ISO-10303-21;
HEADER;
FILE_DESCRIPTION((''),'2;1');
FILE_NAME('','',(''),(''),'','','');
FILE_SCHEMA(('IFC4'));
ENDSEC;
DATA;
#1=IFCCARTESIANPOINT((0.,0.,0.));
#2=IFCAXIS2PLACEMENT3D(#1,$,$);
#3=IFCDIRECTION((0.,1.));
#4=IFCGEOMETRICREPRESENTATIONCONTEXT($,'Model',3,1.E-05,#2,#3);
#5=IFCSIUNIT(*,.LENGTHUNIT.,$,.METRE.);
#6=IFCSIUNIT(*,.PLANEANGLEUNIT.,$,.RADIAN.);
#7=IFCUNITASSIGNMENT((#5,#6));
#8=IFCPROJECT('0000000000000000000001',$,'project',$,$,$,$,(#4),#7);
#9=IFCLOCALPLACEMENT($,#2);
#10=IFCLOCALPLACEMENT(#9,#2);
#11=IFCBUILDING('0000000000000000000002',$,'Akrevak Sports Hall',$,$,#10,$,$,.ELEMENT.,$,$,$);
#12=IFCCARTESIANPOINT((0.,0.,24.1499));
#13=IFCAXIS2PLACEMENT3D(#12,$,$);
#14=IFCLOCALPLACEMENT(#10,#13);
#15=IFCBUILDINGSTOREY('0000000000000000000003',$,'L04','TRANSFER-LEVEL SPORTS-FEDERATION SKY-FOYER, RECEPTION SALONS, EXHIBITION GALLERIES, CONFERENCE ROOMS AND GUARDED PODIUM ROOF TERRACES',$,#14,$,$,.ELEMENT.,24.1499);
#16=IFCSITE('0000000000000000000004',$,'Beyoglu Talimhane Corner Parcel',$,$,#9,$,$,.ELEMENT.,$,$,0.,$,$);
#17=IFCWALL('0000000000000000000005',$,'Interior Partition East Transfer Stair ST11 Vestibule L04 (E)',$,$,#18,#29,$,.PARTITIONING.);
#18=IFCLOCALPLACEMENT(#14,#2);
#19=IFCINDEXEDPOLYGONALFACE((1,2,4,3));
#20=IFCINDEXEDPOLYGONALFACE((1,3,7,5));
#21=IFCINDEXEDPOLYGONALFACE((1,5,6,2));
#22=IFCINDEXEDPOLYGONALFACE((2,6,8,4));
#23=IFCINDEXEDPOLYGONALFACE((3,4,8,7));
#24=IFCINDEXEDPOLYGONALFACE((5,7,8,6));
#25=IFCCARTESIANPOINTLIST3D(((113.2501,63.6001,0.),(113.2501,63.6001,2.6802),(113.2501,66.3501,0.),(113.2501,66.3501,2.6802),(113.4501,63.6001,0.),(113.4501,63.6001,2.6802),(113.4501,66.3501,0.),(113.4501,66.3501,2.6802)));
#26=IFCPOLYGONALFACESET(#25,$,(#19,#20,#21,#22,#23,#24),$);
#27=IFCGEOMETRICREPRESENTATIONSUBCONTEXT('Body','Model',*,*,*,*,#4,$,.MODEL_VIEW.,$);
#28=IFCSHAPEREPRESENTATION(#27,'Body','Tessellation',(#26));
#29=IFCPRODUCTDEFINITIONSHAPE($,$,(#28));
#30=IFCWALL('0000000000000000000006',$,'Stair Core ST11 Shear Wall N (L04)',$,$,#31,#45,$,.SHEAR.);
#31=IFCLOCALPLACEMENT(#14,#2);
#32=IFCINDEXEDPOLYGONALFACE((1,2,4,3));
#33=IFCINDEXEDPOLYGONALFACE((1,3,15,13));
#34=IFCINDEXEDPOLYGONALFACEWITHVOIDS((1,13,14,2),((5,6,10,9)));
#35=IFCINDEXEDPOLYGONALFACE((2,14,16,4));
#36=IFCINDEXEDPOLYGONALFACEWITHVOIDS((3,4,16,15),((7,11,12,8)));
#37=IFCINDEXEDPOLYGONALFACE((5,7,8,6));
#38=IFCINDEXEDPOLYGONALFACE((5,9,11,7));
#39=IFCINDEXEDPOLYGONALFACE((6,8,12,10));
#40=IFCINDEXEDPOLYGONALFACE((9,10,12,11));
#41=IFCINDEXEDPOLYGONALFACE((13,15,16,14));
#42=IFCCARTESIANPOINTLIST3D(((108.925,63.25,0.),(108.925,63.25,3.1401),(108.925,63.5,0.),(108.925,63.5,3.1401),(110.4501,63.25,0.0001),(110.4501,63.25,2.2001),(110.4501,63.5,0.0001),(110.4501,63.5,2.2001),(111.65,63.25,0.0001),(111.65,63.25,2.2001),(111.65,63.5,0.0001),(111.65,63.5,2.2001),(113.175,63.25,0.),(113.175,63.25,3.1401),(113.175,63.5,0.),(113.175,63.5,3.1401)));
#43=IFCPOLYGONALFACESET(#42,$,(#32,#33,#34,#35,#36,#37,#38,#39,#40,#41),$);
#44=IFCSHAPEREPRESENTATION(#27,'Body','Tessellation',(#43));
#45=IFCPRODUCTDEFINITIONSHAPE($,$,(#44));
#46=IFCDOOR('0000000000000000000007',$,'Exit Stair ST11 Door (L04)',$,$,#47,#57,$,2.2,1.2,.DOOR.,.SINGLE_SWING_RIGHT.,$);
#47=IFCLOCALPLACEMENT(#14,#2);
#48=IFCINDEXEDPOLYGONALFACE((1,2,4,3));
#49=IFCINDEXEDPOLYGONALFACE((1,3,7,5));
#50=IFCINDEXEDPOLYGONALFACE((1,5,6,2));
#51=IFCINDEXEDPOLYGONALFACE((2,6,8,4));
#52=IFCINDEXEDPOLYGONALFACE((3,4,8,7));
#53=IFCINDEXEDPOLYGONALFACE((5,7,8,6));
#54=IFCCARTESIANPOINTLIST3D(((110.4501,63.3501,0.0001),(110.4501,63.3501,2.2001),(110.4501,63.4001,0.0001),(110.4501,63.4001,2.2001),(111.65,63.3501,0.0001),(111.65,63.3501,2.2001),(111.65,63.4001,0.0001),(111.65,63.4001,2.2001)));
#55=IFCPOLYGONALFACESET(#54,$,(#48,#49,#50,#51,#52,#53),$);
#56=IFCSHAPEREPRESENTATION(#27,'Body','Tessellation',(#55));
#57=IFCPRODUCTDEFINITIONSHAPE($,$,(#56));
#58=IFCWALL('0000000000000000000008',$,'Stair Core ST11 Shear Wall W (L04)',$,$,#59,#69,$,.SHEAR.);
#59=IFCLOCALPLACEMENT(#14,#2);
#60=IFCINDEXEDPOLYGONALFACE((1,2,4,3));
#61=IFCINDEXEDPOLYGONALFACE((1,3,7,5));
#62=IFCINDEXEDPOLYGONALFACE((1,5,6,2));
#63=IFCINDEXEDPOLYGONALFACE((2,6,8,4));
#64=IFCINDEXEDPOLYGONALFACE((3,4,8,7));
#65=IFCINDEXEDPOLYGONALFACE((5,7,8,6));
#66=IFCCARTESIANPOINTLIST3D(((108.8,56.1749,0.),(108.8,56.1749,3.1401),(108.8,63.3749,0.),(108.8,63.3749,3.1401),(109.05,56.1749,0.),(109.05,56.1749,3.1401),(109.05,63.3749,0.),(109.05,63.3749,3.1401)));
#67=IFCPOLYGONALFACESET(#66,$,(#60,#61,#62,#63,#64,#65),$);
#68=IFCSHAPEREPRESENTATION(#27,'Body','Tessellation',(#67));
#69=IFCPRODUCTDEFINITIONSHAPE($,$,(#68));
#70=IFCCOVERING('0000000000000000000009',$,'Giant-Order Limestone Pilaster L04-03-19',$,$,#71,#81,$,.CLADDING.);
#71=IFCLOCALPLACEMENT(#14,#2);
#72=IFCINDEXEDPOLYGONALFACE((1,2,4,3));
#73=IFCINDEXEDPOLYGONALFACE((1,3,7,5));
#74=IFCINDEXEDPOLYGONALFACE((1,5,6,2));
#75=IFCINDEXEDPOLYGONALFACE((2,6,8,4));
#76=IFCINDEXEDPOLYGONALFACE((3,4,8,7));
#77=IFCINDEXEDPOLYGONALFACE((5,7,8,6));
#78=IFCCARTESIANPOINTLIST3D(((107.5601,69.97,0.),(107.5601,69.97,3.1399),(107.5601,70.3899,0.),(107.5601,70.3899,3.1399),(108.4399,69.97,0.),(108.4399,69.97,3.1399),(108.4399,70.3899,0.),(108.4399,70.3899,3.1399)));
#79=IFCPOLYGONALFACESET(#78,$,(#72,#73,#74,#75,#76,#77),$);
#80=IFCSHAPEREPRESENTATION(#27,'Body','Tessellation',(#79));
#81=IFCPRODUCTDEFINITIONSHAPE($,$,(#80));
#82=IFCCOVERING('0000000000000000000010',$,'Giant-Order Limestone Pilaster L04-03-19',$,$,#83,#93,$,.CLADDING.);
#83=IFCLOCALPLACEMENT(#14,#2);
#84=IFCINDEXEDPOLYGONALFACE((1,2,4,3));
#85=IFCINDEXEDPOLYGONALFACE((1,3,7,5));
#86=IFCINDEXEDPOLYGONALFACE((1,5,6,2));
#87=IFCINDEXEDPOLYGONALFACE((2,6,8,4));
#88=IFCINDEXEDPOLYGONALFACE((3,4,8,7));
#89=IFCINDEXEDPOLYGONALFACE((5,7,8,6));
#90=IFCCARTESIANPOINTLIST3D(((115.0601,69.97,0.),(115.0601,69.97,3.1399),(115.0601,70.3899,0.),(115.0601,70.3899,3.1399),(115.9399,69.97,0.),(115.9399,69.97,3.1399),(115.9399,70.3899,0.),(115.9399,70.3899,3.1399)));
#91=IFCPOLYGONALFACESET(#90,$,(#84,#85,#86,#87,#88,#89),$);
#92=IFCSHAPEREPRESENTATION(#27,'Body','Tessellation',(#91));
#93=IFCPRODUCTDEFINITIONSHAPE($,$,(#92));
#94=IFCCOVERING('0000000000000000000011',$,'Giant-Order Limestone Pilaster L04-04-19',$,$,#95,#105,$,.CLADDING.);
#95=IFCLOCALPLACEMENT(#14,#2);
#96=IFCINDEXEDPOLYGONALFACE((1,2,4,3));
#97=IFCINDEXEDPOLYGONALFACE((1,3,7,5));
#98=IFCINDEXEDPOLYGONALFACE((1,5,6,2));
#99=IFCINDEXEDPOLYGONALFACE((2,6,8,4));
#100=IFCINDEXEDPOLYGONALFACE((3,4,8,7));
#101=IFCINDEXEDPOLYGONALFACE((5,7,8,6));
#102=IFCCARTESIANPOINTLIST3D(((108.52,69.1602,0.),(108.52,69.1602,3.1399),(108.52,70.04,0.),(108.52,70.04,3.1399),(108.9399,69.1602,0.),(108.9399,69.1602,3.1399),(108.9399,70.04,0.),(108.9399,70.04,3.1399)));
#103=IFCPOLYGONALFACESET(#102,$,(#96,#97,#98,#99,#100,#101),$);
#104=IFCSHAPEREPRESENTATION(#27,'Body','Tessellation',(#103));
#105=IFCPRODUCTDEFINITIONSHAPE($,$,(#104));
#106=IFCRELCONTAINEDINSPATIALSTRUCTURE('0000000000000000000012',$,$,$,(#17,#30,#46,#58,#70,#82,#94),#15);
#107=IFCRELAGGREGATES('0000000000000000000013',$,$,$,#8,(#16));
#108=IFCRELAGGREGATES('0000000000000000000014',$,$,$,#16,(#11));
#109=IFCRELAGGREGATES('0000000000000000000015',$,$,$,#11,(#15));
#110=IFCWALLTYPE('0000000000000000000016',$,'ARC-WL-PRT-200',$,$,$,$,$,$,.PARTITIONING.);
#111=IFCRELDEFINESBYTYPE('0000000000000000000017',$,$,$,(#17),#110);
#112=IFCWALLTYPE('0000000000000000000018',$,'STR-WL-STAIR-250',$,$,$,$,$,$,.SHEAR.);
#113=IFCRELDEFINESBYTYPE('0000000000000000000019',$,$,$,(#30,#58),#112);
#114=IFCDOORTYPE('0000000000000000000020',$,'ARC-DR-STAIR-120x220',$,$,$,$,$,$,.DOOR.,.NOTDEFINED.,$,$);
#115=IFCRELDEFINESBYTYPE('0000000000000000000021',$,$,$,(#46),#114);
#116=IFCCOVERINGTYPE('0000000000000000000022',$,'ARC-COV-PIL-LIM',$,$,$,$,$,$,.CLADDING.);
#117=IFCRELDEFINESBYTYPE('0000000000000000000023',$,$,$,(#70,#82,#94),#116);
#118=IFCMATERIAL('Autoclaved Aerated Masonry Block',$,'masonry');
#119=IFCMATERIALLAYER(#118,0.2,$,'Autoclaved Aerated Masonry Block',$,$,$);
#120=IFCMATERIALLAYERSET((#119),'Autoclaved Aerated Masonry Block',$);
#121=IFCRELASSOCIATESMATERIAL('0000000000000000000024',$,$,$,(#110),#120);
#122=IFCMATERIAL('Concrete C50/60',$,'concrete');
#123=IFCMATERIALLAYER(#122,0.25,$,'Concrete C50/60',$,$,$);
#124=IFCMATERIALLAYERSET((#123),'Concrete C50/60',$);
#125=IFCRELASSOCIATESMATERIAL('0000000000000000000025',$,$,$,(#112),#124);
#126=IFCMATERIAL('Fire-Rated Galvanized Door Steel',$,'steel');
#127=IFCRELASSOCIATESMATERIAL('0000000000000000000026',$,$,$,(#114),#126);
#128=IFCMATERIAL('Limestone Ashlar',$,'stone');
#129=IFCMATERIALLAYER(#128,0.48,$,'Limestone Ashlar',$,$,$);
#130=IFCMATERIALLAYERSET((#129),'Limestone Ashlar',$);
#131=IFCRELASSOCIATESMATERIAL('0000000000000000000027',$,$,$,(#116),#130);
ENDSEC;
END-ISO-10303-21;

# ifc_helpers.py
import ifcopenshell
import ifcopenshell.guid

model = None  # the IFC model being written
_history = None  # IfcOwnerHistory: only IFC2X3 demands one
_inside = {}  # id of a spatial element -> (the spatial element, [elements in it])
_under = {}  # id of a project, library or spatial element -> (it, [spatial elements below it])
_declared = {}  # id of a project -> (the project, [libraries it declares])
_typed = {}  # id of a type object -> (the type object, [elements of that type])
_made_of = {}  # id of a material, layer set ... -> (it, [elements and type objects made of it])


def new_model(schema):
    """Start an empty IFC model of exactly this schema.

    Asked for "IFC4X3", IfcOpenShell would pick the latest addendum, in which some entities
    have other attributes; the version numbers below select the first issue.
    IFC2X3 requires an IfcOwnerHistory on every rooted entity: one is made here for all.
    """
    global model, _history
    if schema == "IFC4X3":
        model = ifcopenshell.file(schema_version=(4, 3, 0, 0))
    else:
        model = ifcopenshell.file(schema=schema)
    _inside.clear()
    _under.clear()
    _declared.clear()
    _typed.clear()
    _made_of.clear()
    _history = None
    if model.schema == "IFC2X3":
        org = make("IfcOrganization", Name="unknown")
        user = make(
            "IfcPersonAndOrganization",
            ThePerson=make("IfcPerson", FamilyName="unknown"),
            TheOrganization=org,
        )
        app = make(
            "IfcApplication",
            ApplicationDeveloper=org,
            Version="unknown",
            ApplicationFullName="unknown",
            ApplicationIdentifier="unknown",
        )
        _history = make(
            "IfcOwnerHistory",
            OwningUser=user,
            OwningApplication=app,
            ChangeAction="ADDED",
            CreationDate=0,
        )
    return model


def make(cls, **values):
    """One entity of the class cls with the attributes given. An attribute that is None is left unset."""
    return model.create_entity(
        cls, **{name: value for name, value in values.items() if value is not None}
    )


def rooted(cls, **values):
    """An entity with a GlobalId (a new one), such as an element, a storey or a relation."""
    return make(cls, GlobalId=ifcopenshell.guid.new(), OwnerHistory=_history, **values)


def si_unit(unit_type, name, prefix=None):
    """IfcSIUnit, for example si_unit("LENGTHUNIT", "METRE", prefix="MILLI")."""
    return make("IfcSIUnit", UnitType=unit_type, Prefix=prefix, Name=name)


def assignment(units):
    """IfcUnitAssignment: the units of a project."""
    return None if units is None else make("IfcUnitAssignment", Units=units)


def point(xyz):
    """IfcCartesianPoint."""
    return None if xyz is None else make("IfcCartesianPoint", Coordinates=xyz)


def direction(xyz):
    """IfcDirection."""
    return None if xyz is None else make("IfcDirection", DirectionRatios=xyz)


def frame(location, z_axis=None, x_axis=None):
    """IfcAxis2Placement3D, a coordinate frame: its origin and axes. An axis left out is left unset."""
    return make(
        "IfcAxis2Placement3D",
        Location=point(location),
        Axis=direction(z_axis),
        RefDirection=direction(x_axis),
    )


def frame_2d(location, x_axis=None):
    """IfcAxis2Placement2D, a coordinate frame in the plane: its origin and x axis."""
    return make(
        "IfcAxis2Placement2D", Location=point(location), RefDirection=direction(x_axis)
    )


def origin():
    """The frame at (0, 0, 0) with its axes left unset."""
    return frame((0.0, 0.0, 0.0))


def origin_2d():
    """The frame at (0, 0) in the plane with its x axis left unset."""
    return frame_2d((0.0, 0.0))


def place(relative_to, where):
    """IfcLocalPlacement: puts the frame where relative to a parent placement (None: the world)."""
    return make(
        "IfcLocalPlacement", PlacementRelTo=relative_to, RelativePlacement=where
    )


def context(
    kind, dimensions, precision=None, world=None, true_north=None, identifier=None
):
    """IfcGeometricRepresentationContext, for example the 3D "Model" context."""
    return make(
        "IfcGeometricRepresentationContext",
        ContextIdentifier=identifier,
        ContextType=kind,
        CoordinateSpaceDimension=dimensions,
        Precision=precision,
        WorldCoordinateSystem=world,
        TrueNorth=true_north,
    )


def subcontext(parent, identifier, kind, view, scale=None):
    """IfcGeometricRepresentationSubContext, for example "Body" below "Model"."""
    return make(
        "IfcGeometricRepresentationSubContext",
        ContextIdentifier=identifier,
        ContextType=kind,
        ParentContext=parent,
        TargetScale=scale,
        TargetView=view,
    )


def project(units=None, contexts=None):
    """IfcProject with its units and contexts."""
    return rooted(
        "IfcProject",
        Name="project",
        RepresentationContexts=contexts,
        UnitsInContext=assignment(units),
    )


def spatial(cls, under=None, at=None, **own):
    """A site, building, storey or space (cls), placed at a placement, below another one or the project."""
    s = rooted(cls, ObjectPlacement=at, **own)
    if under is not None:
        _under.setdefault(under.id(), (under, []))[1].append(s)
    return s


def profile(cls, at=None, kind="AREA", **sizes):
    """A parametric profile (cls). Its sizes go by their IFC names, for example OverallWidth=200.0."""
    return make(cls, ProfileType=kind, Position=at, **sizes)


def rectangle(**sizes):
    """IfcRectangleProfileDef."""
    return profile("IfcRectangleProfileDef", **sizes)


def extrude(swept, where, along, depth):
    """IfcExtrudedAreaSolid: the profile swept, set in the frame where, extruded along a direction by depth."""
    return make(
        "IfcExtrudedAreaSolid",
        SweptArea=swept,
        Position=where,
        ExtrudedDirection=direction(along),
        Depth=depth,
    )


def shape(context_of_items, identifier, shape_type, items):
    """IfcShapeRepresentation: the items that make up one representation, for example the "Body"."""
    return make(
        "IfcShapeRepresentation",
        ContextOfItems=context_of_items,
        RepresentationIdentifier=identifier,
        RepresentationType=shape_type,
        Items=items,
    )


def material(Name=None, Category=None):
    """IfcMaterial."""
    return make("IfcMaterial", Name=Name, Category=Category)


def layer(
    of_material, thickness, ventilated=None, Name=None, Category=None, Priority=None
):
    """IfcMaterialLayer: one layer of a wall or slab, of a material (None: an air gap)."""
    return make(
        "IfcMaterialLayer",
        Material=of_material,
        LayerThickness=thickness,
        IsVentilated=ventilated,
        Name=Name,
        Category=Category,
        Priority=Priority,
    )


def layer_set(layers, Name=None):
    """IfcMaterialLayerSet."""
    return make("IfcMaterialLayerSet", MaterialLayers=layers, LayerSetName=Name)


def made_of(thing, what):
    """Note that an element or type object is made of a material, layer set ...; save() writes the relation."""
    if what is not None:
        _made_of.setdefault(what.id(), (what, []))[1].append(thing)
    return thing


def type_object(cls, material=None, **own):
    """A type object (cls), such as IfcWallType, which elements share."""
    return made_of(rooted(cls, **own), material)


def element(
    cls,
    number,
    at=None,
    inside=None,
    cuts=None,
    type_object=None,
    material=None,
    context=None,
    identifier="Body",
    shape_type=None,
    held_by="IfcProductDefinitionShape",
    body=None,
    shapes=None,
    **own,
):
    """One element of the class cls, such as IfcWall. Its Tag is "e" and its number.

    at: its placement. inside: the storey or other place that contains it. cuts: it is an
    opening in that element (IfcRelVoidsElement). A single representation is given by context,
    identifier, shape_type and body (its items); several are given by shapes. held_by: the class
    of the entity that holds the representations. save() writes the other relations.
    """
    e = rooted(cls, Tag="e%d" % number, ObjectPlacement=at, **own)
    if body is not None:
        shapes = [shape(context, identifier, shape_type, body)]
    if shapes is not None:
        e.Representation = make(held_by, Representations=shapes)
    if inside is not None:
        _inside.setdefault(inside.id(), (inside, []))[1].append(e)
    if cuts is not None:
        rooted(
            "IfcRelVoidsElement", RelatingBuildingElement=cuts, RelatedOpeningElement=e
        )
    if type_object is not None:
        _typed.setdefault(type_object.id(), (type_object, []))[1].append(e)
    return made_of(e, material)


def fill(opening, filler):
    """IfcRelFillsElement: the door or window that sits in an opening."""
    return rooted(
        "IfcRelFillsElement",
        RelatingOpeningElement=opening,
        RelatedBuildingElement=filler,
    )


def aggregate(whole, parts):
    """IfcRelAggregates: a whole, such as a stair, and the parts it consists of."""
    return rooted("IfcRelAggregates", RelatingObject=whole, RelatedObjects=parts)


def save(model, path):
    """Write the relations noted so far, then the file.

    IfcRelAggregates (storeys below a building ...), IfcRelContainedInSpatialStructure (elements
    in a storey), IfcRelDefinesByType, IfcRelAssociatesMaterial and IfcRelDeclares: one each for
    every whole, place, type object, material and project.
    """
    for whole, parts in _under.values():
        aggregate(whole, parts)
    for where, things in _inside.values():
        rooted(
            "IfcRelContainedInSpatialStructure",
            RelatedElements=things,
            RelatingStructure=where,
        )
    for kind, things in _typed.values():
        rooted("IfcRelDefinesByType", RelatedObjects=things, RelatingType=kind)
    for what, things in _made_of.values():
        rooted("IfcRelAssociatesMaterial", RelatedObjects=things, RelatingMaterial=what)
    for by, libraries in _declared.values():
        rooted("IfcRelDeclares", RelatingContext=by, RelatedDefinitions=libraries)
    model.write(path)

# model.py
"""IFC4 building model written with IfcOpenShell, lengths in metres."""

from ifc_helpers import new_model, si_unit, direction, frame, frame_2d, origin, origin_2d, place, context, subcontext, project, spatial, rectangle, extrude, material, layer, layer_set, type_object, element, fill, save


model = new_model("IFC4")

# Units and contexts
model_context = context("Model", 3, precision=1e-05, world=origin(), true_north=direction((0.0, 1.0)))
body_context = subcontext(model_context, "Body", "Model", "MODEL_VIEW")
ifc_project = project(units=[si_unit("LENGTHUNIT", "METRE"), si_unit("PLANEANGLEUNIT", "RADIAN")], contexts=[model_context])

# Site, building, storey
site_placement = place(None, origin())
site = spatial("IfcSite", under=ifc_project, at=site_placement, Name="Beyoglu Talimhane Corner Parcel", CompositionType="ELEMENT", RefElevation=0.0)
building_placement = place(site_placement, origin())
building = spatial("IfcBuilding", under=site, at=building_placement, Name="Akrevak Sports Hall", CompositionType="ELEMENT")
storey_placement = place(building_placement, frame((0.0, 0.0, 24.1499)))
storey = spatial("IfcBuildingStorey", under=building, at=storey_placement, Name="L04", Description="TRANSFER-LEVEL SPORTS-FEDERATION SKY-FOYER, RECEPTION SALONS, EXHIBITION GALLERIES, CONFERENCE ROOMS AND GUARDED PODIUM ROOF TERRACES", CompositionType="ELEMENT", Elevation=24.1499)

# Shared definitions
ifc_material_1 = material(Name="Concrete C50/60", Category="concrete")

# Shared definitions
ifc_material_2 = material(Name="Limestone Ashlar", Category="stone")

# Shared definitions
ifc_material_3 = material(Name="Autoclaved Aerated Masonry Block", Category="masonry")
ifc_layer_1 = layer(ifc_material_3, 0.2, Name="Autoclaved Aerated Masonry Block")
ifc_layer_set_1 = layer_set([ifc_layer_1], Name="Autoclaved Aerated Masonry Block")
wall_type_1 = type_object("IfcWallType", Name="ARC-WL-PRT-200", PredefinedType="PARTITIONING", material=ifc_layer_set_1)

# Shared definitions
ifc_material_4 = material(Name="Fire-Rated Galvanized Door Steel", Category="steel")

# Wall
for number, where, z_axis, x_axis, name in (
    (1, (113.3501, 63.6001, 0.0), (0.0, 0.0, 1.0), (0.0, 1.0, 0.0), "Interior Partition East Transfer Stair ST11 Vestibule L04 (E)"),
):
    element("IfcWall", number, at=place(storey_placement, frame(where, z_axis=z_axis, x_axis=x_axis)), inside=storey, type_object=wall_type_1, Name=name, PredefinedType="PARTITIONING", context=body_context, shape_type="SweptSolid", body=[
        extrude(rectangle(XDim=2.75, YDim=0.2, at=frame_2d((1.375, 0.0))), origin(), (0.0, 0.0, 1.0), 2.6802),
    ])

# Wall, opening, door
ifc_layer_2 = layer(ifc_material_1, 0.25, Name="Concrete C50/60")
ifc_layer_set_2 = layer_set([ifc_layer_2], Name="Concrete C50/60")
wall_type_2 = type_object("IfcWallType", Name="STR-WL-STAIR-250", PredefinedType="SHEAR", material=ifc_layer_set_2)
wall_1_placement = place(storey_placement, frame((113.175, 63.375, 0.0), z_axis=(0.0, 0.0, 1.0), x_axis=(-1.0, 0.0, 0.0)))
wall_1 = element("IfcWall", 2, at=wall_1_placement, inside=storey, type_object=wall_type_2, Name="Stair Core ST11 Shear Wall N (L04)", PredefinedType="SHEAR", context=body_context, shape_type="SweptSolid", body=[
    extrude(rectangle(XDim=4.25, YDim=0.25, at=frame_2d((2.125, 0.0))), origin(), (0.0, 0.0, 1.0), 3.1401),
])
opening_1_placement = place(wall_1_placement, frame((1.5249, 0.0, 0.0)))
opening_1 = element("IfcOpeningElement", 3, at=opening_1_placement, cuts=wall_1, PredefinedType="OPENING", context=body_context, shape_type="SweptSolid", body=[
    extrude(rectangle(XDim=1.2, YDim=2.2, at=frame_2d((0.6001, 1.1001))), frame((0.0, 0.137, 0.0), z_axis=(0.0, -1.0, 0.0), x_axis=(1.0, 0.0, 0.0)), (0.0, 0.0, 1.0), 0.2739),
])
door_type_1 = type_object("IfcDoorType", Name="ARC-DR-STAIR-120x220", OperationType="NOTDEFINED", PredefinedType="DOOR", material=ifc_material_4)
door_1_placement = place(opening_1_placement, origin())
door_1 = element("IfcDoor", 4, at=door_1_placement, inside=storey, type_object=door_type_1, Name="Exit Stair ST11 Door (L04)", OperationType="SINGLE_SWING_RIGHT", OverallHeight=2.2, OverallWidth=1.2, PredefinedType="DOOR", context=body_context, shape_type="SweptSolid", body=[
    extrude(rectangle(XDim=1.2, YDim=2.2, at=frame_2d((0.6001, 1.1001))), frame((0.0, 0.0249, 0.0), z_axis=(0.0, -1.0, 0.0), x_axis=(1.0, 0.0, 0.0)), (0.0, 0.0, 1.0), 0.05),
])
fill(opening_1, door_1)

# Wall
wall_2_placement = place(storey_placement, frame((108.925, 63.375, 0.0), z_axis=(0.0, 0.0, 1.0), x_axis=(0.0, -1.0, 0.0)))
element("IfcWall", 5, at=wall_2_placement, inside=storey, type_object=wall_type_2, Name="Stair Core ST11 Shear Wall W (L04)", PredefinedType="SHEAR", context=body_context, shape_type="SweptSolid", body=[
    extrude(rectangle(XDim=7.2, YDim=0.25, at=frame_2d((3.6001, 0.0))), origin(), (0.0, 0.0, 1.0), 3.1401),
])

# Coverings
ifc_layer_3 = layer(ifc_material_2, 0.48, Name="Limestone Ashlar")
ifc_layer_set_3 = layer_set([ifc_layer_3], Name="Limestone Ashlar")
covering_type = type_object("IfcCoveringType", Name="ARC-COV-PIL-LIM", PredefinedType="CLADDING", material=ifc_layer_set_3)
for number, where, z_axis, x_axis, name in (
    (6, (108.0, 70.1799, 0.0), (0.0, 0.0, 1.0), (-1.0, 0.0, 0.0), "Giant-Order Limestone Pilaster L04-03-19"),
    (7, (115.5, 70.1799, 0.0), (0.0, 0.0, 1.0), (-1.0, 0.0, 0.0), "Giant-Order Limestone Pilaster L04-03-19"),
    (8, (108.73, 69.6001, 0.0), (0.0, 0.0, 1.0), (0.0, 1.0, 0.0), "Giant-Order Limestone Pilaster L04-04-19"),
):
    element("IfcCovering", number, at=place(storey_placement, frame(where, z_axis=z_axis, x_axis=x_axis)), inside=storey, type_object=covering_type, Name=name, PredefinedType="CLADDING", context=body_context, shape_type="SweptSolid", body=[
        extrude(rectangle(XDim=0.8799, YDim=0.4199, at=origin_2d()), origin(), (0.0, 0.0, 1.0), 3.1399),
    ])

save(model, "model.ifc")
